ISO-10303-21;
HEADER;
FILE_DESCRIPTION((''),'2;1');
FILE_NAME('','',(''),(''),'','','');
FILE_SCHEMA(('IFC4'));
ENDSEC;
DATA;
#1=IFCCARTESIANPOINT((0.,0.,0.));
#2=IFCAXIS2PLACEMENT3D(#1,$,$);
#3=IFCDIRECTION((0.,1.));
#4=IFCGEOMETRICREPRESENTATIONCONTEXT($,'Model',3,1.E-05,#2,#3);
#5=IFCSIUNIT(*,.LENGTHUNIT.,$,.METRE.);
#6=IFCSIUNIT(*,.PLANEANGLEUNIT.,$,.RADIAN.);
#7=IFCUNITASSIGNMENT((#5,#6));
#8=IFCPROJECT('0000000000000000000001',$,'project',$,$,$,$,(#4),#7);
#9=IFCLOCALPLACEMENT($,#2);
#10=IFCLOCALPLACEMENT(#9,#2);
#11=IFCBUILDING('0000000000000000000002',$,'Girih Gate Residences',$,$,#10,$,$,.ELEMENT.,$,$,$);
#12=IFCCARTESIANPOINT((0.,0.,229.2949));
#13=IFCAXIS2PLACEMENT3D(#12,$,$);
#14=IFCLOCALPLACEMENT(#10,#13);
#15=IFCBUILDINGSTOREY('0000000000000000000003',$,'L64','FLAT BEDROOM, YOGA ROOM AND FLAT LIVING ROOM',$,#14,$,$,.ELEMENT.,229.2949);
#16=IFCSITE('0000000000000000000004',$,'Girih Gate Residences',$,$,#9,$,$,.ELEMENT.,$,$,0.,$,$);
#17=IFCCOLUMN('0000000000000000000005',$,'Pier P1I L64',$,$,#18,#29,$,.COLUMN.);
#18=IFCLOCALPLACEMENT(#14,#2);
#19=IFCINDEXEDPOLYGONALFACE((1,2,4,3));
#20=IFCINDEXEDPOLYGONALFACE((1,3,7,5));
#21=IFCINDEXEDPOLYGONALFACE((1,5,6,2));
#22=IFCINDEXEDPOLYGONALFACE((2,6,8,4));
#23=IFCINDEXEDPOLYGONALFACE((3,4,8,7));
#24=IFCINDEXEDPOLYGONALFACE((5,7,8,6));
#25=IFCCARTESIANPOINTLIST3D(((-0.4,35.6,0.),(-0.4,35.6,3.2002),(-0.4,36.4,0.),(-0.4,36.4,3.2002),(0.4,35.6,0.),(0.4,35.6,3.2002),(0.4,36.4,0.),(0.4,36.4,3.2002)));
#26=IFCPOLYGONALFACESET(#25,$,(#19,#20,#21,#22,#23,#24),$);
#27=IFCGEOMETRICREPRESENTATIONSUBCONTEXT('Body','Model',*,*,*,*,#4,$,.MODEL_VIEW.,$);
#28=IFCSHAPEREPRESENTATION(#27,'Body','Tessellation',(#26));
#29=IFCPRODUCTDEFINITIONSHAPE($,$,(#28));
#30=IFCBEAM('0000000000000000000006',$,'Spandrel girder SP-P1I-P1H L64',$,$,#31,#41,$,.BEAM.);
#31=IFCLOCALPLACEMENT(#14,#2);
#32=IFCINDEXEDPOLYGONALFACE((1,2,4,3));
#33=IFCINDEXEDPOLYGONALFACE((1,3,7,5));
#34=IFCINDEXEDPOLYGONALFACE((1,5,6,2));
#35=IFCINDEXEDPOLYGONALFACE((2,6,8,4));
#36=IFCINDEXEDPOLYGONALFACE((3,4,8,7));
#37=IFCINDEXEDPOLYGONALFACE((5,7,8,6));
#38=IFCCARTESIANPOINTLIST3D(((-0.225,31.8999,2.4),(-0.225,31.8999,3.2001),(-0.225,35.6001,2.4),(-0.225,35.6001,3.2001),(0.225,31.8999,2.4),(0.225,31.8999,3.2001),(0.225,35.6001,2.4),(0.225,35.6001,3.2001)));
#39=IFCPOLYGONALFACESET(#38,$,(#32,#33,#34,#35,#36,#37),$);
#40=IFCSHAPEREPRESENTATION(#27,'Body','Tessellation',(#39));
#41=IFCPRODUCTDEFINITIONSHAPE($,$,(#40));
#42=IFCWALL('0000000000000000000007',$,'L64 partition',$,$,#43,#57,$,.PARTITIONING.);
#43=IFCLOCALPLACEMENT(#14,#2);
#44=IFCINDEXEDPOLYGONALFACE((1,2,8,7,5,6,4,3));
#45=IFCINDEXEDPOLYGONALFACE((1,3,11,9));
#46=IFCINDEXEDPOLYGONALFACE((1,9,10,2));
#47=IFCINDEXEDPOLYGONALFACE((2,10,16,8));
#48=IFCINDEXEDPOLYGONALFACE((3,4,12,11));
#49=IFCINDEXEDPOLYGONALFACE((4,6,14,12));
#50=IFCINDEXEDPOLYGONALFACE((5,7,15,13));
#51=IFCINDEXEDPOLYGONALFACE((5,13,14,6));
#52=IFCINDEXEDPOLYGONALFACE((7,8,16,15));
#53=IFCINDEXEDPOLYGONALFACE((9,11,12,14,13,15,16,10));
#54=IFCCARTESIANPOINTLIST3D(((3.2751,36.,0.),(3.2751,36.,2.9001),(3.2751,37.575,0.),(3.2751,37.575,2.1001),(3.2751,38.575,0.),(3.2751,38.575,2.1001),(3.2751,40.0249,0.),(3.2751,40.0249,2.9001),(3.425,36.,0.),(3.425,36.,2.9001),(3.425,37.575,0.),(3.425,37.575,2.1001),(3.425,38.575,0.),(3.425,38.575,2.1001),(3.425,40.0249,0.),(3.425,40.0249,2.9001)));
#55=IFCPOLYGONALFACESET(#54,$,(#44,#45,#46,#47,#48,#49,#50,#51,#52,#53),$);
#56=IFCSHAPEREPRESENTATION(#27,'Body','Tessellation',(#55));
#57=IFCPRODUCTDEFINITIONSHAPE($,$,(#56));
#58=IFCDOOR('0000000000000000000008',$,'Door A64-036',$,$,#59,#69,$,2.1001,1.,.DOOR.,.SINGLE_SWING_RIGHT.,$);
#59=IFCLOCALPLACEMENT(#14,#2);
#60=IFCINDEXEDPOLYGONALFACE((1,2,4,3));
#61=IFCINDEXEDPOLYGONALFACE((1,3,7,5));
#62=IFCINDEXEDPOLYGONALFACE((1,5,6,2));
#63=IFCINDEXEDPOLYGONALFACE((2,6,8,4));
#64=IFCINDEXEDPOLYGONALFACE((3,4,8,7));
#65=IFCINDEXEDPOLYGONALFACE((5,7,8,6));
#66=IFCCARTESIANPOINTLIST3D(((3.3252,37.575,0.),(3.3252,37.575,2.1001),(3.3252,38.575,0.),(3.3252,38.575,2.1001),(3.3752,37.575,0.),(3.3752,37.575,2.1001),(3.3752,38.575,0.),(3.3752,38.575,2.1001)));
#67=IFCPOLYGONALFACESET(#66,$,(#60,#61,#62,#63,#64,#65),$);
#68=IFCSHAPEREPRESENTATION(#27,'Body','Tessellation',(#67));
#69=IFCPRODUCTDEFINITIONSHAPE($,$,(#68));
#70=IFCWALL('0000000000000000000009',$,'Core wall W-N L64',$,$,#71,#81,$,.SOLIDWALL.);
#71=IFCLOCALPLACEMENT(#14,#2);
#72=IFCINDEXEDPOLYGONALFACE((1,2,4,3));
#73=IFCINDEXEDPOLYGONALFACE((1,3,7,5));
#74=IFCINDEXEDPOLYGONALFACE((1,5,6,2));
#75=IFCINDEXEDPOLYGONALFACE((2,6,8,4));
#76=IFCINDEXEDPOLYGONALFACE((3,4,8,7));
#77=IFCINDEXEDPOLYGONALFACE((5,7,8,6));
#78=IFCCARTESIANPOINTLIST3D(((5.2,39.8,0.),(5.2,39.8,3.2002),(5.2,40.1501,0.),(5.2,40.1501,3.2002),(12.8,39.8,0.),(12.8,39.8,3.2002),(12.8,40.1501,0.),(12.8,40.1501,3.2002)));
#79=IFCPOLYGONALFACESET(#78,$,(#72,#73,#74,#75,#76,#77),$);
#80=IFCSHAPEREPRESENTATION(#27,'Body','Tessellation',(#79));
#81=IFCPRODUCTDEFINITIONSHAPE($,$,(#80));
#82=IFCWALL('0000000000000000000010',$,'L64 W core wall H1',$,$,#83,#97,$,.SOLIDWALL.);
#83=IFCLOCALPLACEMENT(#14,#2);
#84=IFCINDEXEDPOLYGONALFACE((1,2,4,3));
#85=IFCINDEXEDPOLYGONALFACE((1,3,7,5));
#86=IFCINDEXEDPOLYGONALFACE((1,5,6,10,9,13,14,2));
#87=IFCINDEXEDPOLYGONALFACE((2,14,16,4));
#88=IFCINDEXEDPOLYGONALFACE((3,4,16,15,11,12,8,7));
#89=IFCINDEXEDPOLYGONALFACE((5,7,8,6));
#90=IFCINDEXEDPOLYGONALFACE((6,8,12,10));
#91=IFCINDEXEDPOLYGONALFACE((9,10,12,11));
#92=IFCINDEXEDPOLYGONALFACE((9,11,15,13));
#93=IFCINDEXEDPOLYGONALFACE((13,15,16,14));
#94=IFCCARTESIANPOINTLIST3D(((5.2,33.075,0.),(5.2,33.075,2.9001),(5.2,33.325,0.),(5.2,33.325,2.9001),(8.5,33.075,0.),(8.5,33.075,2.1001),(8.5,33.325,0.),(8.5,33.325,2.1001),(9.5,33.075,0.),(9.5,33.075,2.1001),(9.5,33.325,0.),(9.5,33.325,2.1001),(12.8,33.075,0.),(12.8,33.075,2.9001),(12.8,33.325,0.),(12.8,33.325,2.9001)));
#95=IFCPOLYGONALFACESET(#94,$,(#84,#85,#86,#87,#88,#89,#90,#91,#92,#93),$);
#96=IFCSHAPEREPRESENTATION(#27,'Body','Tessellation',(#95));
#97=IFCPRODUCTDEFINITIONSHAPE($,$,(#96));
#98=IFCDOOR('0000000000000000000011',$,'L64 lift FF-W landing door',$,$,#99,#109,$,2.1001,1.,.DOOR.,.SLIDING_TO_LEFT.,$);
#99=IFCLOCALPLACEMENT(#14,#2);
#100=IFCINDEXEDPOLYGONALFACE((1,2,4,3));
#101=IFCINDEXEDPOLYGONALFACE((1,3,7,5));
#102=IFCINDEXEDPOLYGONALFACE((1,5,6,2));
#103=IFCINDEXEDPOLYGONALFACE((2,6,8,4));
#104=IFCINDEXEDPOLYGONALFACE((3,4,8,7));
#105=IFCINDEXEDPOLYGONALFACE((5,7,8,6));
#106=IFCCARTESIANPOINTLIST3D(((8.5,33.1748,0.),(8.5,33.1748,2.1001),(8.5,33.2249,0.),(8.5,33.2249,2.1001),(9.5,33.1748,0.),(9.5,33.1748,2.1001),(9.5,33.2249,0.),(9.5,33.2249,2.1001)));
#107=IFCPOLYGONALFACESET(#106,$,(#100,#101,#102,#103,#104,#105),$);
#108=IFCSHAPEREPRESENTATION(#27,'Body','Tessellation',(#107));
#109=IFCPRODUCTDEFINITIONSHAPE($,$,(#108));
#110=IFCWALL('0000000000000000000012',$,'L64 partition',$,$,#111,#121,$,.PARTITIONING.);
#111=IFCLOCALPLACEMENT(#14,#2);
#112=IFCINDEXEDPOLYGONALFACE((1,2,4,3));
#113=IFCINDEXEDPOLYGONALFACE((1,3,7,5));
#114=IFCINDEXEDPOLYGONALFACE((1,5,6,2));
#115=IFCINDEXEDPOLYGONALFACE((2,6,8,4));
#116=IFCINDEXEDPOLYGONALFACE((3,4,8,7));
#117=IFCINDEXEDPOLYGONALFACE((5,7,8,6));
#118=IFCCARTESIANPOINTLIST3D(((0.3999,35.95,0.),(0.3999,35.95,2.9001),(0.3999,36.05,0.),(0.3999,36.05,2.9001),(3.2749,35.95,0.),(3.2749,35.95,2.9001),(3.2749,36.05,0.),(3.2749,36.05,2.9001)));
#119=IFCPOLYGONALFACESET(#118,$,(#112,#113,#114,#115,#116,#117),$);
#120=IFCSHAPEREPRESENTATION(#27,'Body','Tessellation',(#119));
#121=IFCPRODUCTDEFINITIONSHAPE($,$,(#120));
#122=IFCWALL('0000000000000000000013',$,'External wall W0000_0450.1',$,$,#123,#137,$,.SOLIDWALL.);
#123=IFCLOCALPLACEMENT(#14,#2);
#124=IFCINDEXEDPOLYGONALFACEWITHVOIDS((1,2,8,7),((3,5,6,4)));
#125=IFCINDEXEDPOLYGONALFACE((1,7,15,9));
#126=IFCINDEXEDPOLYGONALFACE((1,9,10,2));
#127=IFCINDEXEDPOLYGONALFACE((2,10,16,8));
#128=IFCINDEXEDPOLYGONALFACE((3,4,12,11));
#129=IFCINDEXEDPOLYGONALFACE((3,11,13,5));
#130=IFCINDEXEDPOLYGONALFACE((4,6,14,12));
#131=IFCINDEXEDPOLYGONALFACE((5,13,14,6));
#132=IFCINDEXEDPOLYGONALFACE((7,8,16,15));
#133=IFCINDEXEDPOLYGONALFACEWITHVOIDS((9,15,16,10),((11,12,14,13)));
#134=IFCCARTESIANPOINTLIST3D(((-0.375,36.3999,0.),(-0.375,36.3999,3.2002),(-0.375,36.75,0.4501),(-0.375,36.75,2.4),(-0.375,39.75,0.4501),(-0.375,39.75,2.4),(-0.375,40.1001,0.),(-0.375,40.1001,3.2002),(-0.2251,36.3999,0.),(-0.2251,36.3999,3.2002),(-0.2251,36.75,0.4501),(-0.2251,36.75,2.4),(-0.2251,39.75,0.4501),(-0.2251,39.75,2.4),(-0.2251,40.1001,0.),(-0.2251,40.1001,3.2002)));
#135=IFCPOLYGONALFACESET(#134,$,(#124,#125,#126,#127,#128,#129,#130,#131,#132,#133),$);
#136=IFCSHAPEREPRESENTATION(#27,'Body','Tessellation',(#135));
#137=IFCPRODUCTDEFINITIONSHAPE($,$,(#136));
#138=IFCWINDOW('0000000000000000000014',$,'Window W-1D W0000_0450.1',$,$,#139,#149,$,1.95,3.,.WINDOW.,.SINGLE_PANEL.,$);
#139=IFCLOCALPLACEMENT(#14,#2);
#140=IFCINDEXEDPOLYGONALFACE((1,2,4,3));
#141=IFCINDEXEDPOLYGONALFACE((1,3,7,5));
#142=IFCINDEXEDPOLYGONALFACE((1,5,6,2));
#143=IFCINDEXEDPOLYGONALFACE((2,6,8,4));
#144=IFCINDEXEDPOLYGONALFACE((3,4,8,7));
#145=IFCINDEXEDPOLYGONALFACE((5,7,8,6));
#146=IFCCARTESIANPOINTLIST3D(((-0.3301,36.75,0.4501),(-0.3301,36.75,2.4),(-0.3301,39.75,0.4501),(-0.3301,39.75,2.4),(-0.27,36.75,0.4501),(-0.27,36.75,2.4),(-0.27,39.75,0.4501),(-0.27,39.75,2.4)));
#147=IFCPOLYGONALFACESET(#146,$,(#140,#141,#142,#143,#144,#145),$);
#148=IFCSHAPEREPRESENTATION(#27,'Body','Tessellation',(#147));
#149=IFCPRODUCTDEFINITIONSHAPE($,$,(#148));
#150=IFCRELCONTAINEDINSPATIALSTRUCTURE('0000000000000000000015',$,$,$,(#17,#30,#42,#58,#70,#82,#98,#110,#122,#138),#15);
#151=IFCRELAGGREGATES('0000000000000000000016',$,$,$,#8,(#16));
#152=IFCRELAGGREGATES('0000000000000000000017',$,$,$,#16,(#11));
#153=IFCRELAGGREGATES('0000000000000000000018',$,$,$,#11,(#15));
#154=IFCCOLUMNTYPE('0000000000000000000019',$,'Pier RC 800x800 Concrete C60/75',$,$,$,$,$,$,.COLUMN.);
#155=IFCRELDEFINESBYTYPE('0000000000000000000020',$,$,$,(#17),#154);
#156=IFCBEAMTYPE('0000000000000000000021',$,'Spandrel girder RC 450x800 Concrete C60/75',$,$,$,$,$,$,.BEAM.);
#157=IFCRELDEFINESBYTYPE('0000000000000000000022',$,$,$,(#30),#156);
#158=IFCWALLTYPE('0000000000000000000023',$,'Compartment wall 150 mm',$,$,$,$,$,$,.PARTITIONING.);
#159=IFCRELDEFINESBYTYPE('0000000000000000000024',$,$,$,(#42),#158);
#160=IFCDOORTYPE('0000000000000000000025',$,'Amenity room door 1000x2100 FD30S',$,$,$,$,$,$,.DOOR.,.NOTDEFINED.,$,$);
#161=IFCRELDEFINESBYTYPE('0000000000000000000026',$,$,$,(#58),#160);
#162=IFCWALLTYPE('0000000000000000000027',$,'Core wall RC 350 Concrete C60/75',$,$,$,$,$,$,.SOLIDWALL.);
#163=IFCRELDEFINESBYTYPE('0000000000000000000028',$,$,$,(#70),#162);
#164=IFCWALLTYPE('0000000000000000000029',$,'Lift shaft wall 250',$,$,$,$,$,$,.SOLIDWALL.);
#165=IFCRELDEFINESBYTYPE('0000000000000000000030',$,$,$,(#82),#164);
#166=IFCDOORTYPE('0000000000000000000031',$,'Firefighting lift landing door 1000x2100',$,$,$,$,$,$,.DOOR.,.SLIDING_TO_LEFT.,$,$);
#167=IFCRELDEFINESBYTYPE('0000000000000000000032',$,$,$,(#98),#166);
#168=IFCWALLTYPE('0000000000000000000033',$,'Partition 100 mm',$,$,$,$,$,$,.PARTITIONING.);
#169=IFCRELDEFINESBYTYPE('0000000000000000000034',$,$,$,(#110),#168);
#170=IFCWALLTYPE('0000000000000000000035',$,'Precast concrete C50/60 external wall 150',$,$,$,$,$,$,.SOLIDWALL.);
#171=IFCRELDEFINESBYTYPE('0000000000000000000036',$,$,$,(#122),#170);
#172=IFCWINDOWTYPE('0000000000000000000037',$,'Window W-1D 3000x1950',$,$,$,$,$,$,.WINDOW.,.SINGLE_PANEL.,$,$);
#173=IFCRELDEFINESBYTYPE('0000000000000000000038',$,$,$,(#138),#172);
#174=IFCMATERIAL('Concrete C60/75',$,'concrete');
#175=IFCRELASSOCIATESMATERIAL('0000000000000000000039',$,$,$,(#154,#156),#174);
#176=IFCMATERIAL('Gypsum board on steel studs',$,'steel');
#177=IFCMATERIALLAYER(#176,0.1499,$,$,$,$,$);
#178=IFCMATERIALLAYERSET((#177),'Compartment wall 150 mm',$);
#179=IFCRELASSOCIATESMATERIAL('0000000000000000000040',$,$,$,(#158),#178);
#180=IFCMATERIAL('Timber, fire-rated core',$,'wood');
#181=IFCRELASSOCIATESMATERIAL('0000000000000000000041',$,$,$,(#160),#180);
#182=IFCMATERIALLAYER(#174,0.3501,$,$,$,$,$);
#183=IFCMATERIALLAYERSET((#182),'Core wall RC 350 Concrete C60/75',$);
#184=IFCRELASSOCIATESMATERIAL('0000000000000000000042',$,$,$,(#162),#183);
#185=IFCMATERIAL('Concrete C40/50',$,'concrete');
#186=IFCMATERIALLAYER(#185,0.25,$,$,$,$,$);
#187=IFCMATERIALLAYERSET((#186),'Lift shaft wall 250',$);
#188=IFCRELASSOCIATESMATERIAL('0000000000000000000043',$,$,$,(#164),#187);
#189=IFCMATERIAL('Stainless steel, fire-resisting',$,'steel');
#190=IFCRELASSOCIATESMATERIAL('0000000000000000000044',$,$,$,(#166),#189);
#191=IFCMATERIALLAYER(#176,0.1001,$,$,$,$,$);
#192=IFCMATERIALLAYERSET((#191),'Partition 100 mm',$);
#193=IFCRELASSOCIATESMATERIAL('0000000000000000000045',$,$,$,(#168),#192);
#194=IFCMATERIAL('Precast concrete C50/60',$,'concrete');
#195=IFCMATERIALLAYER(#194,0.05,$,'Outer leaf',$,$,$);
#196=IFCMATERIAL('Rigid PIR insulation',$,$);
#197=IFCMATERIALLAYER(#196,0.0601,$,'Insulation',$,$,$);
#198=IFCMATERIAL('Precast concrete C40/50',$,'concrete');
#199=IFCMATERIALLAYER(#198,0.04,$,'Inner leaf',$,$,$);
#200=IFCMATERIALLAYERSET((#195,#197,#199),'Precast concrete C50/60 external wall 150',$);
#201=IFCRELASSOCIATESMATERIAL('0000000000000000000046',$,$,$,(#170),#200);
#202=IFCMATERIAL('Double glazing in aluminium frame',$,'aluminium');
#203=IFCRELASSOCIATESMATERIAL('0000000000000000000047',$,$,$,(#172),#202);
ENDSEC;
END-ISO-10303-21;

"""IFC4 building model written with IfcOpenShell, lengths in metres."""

from ifc_helpers import new_model, si_unit, direction, frame, frame_2d, origin, origin_2d, place, context, subcontext, project, spatial, rectangle, extrude, material, layer, layer_set, material_profile, profile_set, type_object, element, fill, save


model = new_model("IFC4")

# Units and contexts
model_context = context("Model", 3, precision=1e-05, world=origin(), true_north=direction((0.0, 1.0)))
body_context = subcontext(model_context, "Body", "Model", "MODEL_VIEW")
ifc_project = project(units=[si_unit("LENGTHUNIT", "METRE"), si_unit("PLANEANGLEUNIT", "RADIAN")], contexts=[model_context])

# Site, building, storey
site_placement = place(None, origin())
site = spatial("IfcSite", under=ifc_project, at=site_placement, Name="Girih Gate Residences", CompositionType="ELEMENT", RefElevation=0.0)
building_placement = place(site_placement, origin())
building = spatial("IfcBuilding", under=site, at=building_placement, Name="Girih Gate Residences", CompositionType="ELEMENT")
storey_placement = place(building_placement, frame((0.0, 0.0, 229.2949)))
storey = spatial("IfcBuildingStorey", under=building, at=storey_placement, Name="L64", Description="FLAT BEDROOM, YOGA ROOM AND FLAT LIVING ROOM", CompositionType="ELEMENT", Elevation=229.2949)

# Column
ifc_material_1 = material(Name="Concrete C60/75", Category="concrete")
ifc_material_profile_1 = material_profile(ifc_material_1, rectangle(XDim=0.8, YDim=0.8, at=origin_2d()))
ifc_profile_set_1 = profile_set([ifc_material_profile_1], Name="Concrete C60/75")
column_type = type_object("IfcColumnType", Name="Pier RC 800x800 Concrete C60/75", PredefinedType="COLUMN", material=ifc_profile_set_1)
column_placement = place(storey_placement, frame((0.0, 36.0, 0.0), z_axis=(0.0, 0.0, 1.0), x_axis=(1.0, 0.0, 0.0)))
element("IfcColumn", 1, at=column_placement, inside=storey, type_object=column_type, Name="Pier P1I L64", PredefinedType="COLUMN", context=body_context, shape_type="SweptSolid", body=[
    extrude(rectangle(XDim=0.8, YDim=0.8, at=origin_2d()), origin(), (0.0, 0.0, 1.0), 3.2002),
])

# Beam
ifc_material_profile_2 = material_profile(ifc_material_1, rectangle(XDim=0.45, YDim=0.8, at=origin_2d()))
ifc_profile_set_2 = profile_set([ifc_material_profile_2], Name="Concrete C60/75")
beam_type = type_object("IfcBeamType", Name="Spandrel girder RC 450x800 Concrete C60/75", PredefinedType="BEAM", material=ifc_profile_set_2)
beam_placement = place(storey_placement, frame((0.0, 35.6001, 2.8), z_axis=(0.0, -1.0, 0.0), x_axis=(1.0, 0.0, 0.0)))
element("IfcBeam", 2, at=beam_placement, inside=storey, type_object=beam_type, Name="Spandrel girder SP-P1I-P1H L64", PredefinedType="BEAM", context=body_context, shape_type="SweptSolid", body=[
    extrude(rectangle(XDim=0.45, YDim=0.8, at=origin_2d()), origin(), (0.0, 0.0, 1.0), 3.7002),
])

# Wall, opening, door
ifc_material_2 = material(Name="Gypsum board on steel studs", Category="steel")
ifc_layer_1 = layer(ifc_material_2, 0.1499)
ifc_layer_set_1 = layer_set([ifc_layer_1], Name="Compartment wall 150 mm")
wall_type_1 = type_object("IfcWallType", Name="Compartment wall 150 mm", PredefinedType="PARTITIONING", material=ifc_layer_set_1)
wall_1_placement = place(storey_placement, frame((3.3501, 36.0, 0.0), z_axis=(0.0, 0.0, 1.0), x_axis=(0.0, 1.0, 0.0)))
wall_1 = element("IfcWall", 3, at=wall_1_placement, inside=storey, type_object=wall_type_1, Name="L64 partition", PredefinedType="PARTITIONING", context=body_context, shape_type="SweptSolid", body=[
    extrude(rectangle(XDim=4.0249, YDim=0.1499, at=frame_2d((2.0125, 0.0))), origin(), (0.0, 0.0, 1.0), 2.9001),
])
opening_1_placement = place(wall_1_placement, frame((1.575, 0.0, 0.0)))
opening_1 = element("IfcOpeningElement", 4, at=opening_1_placement, cuts=wall_1, PredefinedType="OPENING", context=body_context, shape_type="SweptSolid", body=[
    extrude(rectangle(XDim=1.0, YDim=2.1001, at=frame_2d((0.5, 1.05))), frame((0.0, 0.085, 0.0), z_axis=(0.0, -1.0, 0.0), x_axis=(1.0, 0.0, 0.0)), (0.0, 0.0, 1.0), 0.1699),
])
ifc_material_3 = material(Name="Timber, fire-rated core", Category="wood")
door_type_1 = type_object("IfcDoorType", Name="Amenity room door 1000x2100 FD30S", OperationType="NOTDEFINED", PredefinedType="DOOR", material=ifc_material_3)
door_1_placement = place(opening_1_placement, origin())
door_1 = element("IfcDoor", 5, at=door_1_placement, inside=storey, type_object=door_type_1, Name="Door A64-036", OperationType="SINGLE_SWING_RIGHT", OverallHeight=2.1001, OverallWidth=1.0, PredefinedType="DOOR", context=body_context, shape_type="SweptSolid", body=[
    extrude(rectangle(XDim=1.0, YDim=2.1001, at=frame_2d((0.5, 1.05))), frame((0.0, 0.0249, 0.0), z_axis=(0.0, -1.0, 0.0), x_axis=(1.0, 0.0, 0.0)), (0.0, 0.0, 1.0), 0.05),
])
fill(opening_1, door_1)

# Wall
ifc_layer_2 = layer(ifc_material_1, 0.3501)
ifc_layer_set_2 = layer_set([ifc_layer_2], Name="Core wall RC 350 Concrete C60/75")
wall_type_2 = type_object("IfcWallType", Name="Core wall RC 350 Concrete C60/75", PredefinedType="SOLIDWALL", material=ifc_layer_set_2)
wall_2_placement = place(storey_placement, frame((5.2, 39.9751, 0.0), z_axis=(0.0, 0.0, 1.0), x_axis=(1.0, 0.0, 0.0)))
element("IfcWall", 6, at=wall_2_placement, inside=storey, type_object=wall_type_2, Name="Core wall W-N L64", PredefinedType="SOLIDWALL", context=body_context, shape_type="SweptSolid", body=[
    extrude(rectangle(XDim=7.6001, YDim=0.3501, at=frame_2d((3.8, 0.0))), origin(), (0.0, 0.0, 1.0), 3.2002),
])

# Wall, opening, door
ifc_material_4 = material(Name="Concrete C40/50", Category="concrete")
ifc_layer_3 = layer(ifc_material_4, 0.25)
ifc_layer_set_3 = layer_set([ifc_layer_3], Name="Lift shaft wall 250")
wall_type_3 = type_object("IfcWallType", Name="Lift shaft wall 250", PredefinedType="SOLIDWALL", material=ifc_layer_set_3)
wall_3_placement = place(storey_placement, frame((5.2, 33.2, 0.0), z_axis=(0.0, 0.0, 1.0), x_axis=(1.0, 0.0, 0.0)))
wall_3 = element("IfcWall", 7, at=wall_3_placement, inside=storey, type_object=wall_type_3, Name="L64 W core wall H1", PredefinedType="SOLIDWALL", context=body_context, shape_type="SweptSolid", body=[
    extrude(rectangle(XDim=7.6001, YDim=0.25, at=frame_2d((3.8, 0.0))), origin(), (0.0, 0.0, 1.0), 2.9001),
])
opening_2_placement = place(wall_3_placement, frame((3.3, 0.0, 0.0)))
opening_2 = element("IfcOpeningElement", 8, at=opening_2_placement, cuts=wall_3, PredefinedType="OPENING", context=body_context, shape_type="SweptSolid", body=[
    extrude(rectangle(XDim=1.0, YDim=2.1001, at=frame_2d((0.5, 1.05))), frame((0.0, 0.135, 0.0), z_axis=(0.0, -1.0, 0.0), x_axis=(1.0, 0.0, 0.0)), (0.0, 0.0, 1.0), 0.27),
])
ifc_material_5 = material(Name="Stainless steel, fire-resisting", Category="steel")
door_type_2 = type_object("IfcDoorType", Name="Firefighting lift landing door 1000x2100", OperationType="SLIDING_TO_LEFT", PredefinedType="DOOR", material=ifc_material_5)
door_2_placement = place(opening_2_placement, origin())
door_2 = element("IfcDoor", 9, at=door_2_placement, inside=storey, type_object=door_type_2, Name="L64 lift FF-W landing door", OperationType="SLIDING_TO_LEFT", OverallHeight=2.1001, OverallWidth=1.0, PredefinedType="DOOR", context=body_context, shape_type="SweptSolid", body=[
    extrude(rectangle(XDim=1.0, YDim=2.1001, at=frame_2d((0.5, 1.05))), frame((0.0, 0.0249, 0.0), z_axis=(0.0, -1.0, 0.0), x_axis=(1.0, 0.0, 0.0)), (0.0, 0.0, 1.0), 0.05),
])
fill(opening_2, door_2)

# Wall
ifc_layer_4 = layer(ifc_material_2, 0.1001)
ifc_layer_set_4 = layer_set([ifc_layer_4], Name="Partition 100 mm")
wall_type_4 = type_object("IfcWallType", Name="Partition 100 mm", PredefinedType="PARTITIONING", material=ifc_layer_set_4)
wall_4_placement = place(storey_placement, frame((0.3999, 36.0, 0.0), z_axis=(0.0, 0.0, 1.0), x_axis=(1.0, 0.0, 0.0)))
element("IfcWall", 10, at=wall_4_placement, inside=storey, type_object=wall_type_4, Name="L64 partition", PredefinedType="PARTITIONING", context=body_context, shape_type="SweptSolid", body=[
    extrude(rectangle(XDim=2.875, YDim=0.1001, at=frame_2d((1.4375, 0.0))), origin(), (0.0, 0.0, 1.0), 2.9001),
])

# Wall, opening, window
ifc_material_6 = material(Name="Precast concrete C50/60", Category="concrete")
ifc_layer_5 = layer(ifc_material_6, 0.05, Name="Outer leaf")
ifc_material_7 = material(Name="Rigid PIR insulation")
ifc_layer_6 = layer(ifc_material_7, 0.0601, Name="Insulation")
ifc_material_8 = material(Name="Precast concrete C40/50", Category="concrete")
ifc_layer_7 = layer(ifc_material_8, 0.04, Name="Inner leaf")
ifc_layer_set_5 = layer_set([ifc_layer_5, ifc_layer_6, ifc_layer_7], Name="Precast concrete C50/60 external wall 150")
wall_type_5 = type_object("IfcWallType", Name="Precast concrete C50/60 external wall 150", PredefinedType="SOLIDWALL", material=ifc_layer_set_5)
wall_5_placement = place(storey_placement, frame((-0.3, 36.3999, 0.0), z_axis=(0.0, 0.0, 1.0), x_axis=(0.0, 1.0, 0.0)))
wall_5 = element("IfcWall", 11, at=wall_5_placement, inside=storey, type_object=wall_type_5, Name="External wall W0000_0450.1", PredefinedType="SOLIDWALL", context=body_context, shape_type="SweptSolid", body=[
    extrude(rectangle(XDim=3.7002, YDim=0.1499, at=frame_2d((1.8501, 0.0))), origin(), (0.0, 0.0, 1.0), 3.2002),
])
opening_3_placement = place(wall_5_placement, frame((0.3501, 0.0, 0.45)))
opening_3 = element("IfcOpeningElement", 12, at=opening_3_placement, cuts=wall_5, PredefinedType="OPENING", context=body_context, shape_type="SweptSolid", body=[
    extrude(rectangle(XDim=3.0, YDim=1.95, at=frame_2d((1.5, 0.9751))), frame((0.0, 0.085, 0.0), z_axis=(0.0, -1.0, 0.0), x_axis=(1.0, 0.0, 0.0)), (0.0, 0.0, 1.0), 0.1699),
])
ifc_material_9 = material(Name="Double glazing in aluminium frame", Category="aluminium")
window_type = type_object("IfcWindowType", Name="Window W-1D 3000x1950", PartitioningType="SINGLE_PANEL", PredefinedType="WINDOW", material=ifc_material_9)
window_1_placement = place(opening_3_placement, origin())
window_1 = element("IfcWindow", 13, at=window_1_placement, inside=storey, type_object=window_type, Name="Window W-1D W0000_0450.1", OverallHeight=1.95, OverallWidth=3.0, PartitioningType="SINGLE_PANEL", PredefinedType="WINDOW", context=body_context, shape_type="SweptSolid", body=[
    extrude(rectangle(XDim=3.0, YDim=1.95, at=frame_2d((1.5, 0.9751))), frame((0.0, 0.03, 0.0), z_axis=(0.0, -1.0, 0.0), x_axis=(1.0, 0.0, 0.0)), (0.0, 0.0, 1.0), 0.0601),
])
fill(opening_3, window_1)

save(model, "model.ifc")
